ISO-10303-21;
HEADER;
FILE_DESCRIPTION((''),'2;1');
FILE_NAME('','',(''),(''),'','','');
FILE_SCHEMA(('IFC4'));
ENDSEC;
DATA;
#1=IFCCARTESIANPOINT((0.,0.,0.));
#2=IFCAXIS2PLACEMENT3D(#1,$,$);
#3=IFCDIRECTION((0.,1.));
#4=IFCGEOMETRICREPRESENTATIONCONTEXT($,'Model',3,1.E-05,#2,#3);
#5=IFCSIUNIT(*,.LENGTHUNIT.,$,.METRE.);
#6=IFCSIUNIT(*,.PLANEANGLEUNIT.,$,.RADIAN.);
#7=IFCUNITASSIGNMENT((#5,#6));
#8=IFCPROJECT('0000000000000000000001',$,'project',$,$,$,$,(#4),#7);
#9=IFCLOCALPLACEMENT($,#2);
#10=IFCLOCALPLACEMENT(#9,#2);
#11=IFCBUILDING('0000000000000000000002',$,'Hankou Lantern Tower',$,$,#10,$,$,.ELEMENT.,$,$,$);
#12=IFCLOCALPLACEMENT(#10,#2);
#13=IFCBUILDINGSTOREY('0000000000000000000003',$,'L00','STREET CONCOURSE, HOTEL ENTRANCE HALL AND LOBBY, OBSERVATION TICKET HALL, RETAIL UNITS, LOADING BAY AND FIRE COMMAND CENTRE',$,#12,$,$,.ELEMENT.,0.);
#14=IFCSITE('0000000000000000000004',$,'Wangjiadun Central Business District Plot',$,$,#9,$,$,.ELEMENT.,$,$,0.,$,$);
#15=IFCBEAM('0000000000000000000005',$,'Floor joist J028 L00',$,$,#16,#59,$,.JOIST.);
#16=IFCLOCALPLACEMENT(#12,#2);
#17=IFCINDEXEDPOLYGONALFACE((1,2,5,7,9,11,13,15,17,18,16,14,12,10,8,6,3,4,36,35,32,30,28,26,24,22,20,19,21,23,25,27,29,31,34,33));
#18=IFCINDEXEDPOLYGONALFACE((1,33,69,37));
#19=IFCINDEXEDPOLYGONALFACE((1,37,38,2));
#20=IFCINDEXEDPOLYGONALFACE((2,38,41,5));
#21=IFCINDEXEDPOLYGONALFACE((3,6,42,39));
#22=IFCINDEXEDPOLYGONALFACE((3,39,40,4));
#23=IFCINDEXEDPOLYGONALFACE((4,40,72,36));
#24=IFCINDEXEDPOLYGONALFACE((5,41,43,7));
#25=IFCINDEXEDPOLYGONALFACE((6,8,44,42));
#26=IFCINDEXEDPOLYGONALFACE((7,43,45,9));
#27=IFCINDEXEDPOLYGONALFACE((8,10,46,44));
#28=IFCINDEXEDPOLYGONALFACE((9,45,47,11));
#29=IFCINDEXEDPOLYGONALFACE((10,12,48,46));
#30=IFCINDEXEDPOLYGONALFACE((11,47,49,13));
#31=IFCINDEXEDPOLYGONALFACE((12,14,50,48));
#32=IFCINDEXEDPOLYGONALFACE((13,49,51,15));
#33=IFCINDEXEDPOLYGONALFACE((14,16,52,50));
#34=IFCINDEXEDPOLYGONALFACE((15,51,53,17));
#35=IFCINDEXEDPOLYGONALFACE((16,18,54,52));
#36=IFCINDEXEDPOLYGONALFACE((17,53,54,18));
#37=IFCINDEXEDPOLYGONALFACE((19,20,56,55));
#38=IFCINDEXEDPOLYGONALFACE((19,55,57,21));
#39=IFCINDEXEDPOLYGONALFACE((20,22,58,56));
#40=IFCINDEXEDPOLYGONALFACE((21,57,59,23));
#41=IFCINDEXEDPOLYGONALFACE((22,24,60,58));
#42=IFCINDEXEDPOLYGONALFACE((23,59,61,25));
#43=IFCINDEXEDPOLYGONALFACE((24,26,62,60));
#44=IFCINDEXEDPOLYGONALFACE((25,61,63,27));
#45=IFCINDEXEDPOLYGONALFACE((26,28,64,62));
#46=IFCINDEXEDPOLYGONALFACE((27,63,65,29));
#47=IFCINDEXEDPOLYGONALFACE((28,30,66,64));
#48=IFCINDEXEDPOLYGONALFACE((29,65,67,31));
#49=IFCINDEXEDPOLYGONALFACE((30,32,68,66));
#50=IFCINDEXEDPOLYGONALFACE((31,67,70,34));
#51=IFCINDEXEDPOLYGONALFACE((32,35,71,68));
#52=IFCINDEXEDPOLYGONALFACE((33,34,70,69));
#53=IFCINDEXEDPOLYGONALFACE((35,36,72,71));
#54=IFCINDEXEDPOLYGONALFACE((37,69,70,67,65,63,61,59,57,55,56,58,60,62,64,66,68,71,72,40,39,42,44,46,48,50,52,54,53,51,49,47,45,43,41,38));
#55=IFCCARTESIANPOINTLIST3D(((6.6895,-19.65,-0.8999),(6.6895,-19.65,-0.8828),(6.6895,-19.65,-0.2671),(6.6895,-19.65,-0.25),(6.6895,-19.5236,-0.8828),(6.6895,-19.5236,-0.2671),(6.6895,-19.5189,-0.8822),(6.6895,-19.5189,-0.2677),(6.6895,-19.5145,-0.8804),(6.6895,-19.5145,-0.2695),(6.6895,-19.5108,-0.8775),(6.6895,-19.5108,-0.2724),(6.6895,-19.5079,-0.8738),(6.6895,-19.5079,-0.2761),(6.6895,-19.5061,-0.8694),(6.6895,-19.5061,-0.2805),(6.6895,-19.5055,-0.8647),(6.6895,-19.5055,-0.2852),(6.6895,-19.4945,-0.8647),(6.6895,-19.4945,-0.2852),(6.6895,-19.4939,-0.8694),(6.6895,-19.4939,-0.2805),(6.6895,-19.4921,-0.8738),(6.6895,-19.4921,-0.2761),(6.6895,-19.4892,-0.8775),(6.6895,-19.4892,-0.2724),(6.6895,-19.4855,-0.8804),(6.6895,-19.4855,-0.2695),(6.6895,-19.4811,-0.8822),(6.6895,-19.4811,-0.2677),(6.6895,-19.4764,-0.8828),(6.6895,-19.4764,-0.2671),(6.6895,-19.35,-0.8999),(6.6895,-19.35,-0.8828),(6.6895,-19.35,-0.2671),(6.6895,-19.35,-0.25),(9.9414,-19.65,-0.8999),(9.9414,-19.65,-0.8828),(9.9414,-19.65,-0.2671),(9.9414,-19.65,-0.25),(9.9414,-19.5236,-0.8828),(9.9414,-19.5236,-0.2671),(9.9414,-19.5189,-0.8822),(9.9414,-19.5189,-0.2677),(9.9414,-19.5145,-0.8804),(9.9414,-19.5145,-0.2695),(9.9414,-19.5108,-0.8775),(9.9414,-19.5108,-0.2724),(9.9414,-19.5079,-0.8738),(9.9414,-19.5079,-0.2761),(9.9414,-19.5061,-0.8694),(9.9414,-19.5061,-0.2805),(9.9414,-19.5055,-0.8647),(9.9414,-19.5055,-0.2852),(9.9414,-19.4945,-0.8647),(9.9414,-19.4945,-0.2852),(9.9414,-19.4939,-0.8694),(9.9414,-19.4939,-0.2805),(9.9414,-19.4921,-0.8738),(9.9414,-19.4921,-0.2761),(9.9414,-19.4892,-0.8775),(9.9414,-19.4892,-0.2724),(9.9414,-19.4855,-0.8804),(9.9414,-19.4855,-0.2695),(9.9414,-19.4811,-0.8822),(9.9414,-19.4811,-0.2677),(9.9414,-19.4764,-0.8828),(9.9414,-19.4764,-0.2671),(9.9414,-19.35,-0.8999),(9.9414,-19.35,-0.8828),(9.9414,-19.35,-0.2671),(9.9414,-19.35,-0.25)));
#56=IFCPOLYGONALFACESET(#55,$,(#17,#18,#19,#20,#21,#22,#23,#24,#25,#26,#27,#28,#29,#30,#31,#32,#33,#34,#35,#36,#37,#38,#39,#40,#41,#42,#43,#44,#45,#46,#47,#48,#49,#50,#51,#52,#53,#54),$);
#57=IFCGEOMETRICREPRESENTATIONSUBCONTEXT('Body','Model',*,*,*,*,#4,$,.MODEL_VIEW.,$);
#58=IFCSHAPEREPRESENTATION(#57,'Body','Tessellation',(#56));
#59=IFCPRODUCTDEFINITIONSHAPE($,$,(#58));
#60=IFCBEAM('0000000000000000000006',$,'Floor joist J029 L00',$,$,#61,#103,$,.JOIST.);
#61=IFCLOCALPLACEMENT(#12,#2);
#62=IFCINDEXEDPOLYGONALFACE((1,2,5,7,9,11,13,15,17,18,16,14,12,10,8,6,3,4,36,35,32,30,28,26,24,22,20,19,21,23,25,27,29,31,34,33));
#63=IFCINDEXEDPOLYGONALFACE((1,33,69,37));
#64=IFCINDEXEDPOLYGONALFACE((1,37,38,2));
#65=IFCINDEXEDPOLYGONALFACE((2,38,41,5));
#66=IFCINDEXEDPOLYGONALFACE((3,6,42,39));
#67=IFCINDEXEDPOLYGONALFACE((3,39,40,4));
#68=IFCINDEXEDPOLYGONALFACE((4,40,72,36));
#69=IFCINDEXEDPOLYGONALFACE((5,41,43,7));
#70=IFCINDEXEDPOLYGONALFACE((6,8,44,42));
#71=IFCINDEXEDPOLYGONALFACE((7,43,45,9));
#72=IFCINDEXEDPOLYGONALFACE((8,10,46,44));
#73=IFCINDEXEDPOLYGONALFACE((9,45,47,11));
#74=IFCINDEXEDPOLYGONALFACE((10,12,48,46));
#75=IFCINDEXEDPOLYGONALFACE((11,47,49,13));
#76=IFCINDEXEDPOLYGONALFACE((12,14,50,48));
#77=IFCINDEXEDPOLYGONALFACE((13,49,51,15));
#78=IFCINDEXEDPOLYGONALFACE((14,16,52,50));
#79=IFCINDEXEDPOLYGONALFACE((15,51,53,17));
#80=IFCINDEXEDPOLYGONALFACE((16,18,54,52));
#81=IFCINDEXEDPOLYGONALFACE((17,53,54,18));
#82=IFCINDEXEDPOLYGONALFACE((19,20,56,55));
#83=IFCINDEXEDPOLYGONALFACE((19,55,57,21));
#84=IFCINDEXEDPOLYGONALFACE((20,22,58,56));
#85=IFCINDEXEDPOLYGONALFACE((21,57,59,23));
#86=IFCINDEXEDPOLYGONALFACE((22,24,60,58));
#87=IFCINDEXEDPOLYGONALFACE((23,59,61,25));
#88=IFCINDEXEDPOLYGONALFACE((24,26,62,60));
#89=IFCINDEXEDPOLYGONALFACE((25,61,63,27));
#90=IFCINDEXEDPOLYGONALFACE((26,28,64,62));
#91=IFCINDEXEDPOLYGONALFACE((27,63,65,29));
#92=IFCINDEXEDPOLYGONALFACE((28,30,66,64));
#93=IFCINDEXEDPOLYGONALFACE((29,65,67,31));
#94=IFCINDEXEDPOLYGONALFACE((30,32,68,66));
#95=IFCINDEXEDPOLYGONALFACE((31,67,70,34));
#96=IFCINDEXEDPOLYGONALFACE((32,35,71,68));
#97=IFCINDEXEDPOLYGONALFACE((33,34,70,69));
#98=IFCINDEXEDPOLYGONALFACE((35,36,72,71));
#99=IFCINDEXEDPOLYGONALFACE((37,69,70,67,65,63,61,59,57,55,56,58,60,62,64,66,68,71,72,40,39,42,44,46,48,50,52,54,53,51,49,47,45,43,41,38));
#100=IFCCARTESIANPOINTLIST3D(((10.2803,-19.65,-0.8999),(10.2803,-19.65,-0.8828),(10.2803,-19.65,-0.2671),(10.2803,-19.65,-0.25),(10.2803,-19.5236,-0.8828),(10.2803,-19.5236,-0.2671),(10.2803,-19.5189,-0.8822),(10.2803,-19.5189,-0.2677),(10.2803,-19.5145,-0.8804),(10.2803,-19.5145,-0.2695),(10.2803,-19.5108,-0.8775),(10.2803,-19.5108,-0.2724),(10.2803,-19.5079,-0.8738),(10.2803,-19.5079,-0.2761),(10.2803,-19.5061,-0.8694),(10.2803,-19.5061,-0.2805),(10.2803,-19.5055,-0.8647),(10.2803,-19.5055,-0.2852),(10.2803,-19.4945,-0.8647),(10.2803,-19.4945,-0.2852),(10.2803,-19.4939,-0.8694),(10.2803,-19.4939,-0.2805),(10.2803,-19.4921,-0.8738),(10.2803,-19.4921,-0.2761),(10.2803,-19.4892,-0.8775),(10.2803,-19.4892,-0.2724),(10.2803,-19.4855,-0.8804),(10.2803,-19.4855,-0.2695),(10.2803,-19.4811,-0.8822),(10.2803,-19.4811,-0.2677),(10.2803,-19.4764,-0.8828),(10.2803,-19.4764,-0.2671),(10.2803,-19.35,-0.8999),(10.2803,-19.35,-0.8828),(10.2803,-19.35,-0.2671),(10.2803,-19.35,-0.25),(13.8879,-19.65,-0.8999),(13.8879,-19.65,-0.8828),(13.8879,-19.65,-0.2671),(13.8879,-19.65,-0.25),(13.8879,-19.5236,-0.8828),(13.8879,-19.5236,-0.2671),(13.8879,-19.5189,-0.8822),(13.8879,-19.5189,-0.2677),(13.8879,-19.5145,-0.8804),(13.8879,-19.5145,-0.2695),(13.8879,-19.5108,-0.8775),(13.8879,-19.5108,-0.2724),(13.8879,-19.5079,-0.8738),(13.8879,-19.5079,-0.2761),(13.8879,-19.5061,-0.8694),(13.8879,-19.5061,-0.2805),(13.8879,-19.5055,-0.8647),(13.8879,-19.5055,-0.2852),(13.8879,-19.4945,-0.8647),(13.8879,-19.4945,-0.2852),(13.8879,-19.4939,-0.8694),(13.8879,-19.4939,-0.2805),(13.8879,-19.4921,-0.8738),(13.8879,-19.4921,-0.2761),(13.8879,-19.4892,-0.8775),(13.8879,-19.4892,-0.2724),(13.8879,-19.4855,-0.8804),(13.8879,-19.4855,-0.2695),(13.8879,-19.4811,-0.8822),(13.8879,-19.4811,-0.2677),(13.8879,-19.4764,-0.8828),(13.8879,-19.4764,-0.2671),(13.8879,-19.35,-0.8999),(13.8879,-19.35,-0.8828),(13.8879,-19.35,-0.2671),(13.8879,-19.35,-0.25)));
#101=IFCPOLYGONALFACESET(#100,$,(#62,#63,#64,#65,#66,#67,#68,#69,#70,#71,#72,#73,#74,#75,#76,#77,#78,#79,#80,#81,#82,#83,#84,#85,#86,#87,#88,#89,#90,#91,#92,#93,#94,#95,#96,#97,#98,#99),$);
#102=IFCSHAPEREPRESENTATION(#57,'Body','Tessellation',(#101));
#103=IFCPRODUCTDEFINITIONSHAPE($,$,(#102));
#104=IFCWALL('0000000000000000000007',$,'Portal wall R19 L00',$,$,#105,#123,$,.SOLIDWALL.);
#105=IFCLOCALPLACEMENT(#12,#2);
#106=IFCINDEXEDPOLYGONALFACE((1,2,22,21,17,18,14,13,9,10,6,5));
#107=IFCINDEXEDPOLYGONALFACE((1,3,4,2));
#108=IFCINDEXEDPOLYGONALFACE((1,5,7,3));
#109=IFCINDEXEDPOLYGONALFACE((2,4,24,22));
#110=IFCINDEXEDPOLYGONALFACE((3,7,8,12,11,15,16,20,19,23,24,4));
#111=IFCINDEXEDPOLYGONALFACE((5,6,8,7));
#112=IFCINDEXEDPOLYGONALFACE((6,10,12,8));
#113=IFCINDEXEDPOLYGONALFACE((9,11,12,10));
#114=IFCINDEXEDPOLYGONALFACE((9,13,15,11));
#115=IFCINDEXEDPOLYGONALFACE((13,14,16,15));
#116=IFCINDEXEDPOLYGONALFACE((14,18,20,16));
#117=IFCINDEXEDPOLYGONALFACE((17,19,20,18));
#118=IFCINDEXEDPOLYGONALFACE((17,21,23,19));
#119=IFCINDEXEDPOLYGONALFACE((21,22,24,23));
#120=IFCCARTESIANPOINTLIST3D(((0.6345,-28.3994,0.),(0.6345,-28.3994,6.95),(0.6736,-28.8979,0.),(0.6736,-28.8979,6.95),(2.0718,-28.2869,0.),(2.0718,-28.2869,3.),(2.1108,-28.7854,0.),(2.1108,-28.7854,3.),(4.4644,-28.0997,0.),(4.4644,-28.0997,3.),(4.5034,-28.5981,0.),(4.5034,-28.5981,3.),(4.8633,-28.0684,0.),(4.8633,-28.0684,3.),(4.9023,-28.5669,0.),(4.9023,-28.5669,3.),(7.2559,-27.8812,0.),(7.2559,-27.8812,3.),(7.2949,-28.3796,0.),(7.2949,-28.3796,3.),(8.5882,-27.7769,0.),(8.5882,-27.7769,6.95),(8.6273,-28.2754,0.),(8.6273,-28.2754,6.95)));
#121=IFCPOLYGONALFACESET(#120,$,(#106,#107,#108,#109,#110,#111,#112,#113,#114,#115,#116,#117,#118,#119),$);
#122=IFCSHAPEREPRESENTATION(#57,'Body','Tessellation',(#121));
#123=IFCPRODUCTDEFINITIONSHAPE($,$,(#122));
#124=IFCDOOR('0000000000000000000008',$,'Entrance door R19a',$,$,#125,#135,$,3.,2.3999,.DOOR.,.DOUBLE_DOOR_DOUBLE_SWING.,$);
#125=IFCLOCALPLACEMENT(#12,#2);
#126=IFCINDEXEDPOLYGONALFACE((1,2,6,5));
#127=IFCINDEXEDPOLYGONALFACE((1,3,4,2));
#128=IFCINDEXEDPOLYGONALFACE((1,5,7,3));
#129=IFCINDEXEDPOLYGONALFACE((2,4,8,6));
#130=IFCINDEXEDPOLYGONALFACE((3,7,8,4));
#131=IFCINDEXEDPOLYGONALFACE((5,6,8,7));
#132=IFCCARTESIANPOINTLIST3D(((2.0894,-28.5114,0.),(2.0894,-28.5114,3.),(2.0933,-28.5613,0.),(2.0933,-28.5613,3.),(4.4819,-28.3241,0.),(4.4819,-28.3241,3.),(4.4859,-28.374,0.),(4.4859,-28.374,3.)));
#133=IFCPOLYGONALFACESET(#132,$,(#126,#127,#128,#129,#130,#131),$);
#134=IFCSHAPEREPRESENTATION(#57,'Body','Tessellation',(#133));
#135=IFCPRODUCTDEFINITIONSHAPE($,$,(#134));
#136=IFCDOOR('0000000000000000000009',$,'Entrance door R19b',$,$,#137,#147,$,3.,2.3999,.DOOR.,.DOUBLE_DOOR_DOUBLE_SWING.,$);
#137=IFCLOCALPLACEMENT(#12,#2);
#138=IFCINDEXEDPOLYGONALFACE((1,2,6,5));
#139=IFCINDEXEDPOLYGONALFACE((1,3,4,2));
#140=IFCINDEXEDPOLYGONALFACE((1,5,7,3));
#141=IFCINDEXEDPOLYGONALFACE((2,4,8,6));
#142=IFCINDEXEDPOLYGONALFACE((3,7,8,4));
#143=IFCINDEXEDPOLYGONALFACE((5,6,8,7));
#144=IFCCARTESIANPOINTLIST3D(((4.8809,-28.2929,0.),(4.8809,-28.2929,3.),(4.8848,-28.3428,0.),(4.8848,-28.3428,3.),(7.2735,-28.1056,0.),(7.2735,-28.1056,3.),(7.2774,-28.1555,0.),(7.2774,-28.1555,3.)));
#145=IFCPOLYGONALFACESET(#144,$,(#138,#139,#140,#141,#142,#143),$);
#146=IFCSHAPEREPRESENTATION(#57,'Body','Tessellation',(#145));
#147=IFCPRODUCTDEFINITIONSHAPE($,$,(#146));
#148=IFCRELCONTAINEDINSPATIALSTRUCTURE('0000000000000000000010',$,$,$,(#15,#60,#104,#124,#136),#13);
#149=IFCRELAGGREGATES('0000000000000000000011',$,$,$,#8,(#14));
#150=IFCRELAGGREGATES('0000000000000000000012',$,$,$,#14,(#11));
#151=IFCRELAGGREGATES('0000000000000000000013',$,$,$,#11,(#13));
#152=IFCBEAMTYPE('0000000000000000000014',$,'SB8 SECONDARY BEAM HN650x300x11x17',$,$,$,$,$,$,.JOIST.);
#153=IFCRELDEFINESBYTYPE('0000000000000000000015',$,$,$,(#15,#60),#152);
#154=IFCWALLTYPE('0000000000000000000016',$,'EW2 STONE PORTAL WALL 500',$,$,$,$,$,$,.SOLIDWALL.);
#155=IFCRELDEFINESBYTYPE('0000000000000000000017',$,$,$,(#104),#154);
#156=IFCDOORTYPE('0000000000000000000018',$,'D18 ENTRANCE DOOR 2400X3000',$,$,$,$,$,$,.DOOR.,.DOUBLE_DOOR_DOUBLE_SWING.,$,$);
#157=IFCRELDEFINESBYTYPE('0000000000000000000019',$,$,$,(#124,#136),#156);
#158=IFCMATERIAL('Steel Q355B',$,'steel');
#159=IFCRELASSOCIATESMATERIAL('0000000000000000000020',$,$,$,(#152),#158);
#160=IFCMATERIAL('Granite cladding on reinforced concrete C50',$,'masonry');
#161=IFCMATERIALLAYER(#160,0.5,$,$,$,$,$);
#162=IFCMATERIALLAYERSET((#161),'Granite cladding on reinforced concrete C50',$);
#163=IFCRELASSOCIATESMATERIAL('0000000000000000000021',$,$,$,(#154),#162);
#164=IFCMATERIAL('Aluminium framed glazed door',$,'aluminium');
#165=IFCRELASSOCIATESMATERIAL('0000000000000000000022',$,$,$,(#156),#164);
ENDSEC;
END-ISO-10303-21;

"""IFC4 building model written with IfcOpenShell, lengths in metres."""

from ifc_helpers import new_model, si_unit, direction, frame, frame_2d, origin, origin_2d, place, context, subcontext, project, spatial, rectangle, i_section, extrude, material, layer, layer_set, material_profile, profile_set, type_object, element, fill, save


model = new_model("IFC4")

# Units and contexts
model_context = context("Model", 3, precision=1e-05, world=origin(), true_north=direction((0.0, 1.0)))
body_context = subcontext(model_context, "Body", "Model", "MODEL_VIEW")
ifc_project = project(units=[si_unit("LENGTHUNIT", "METRE"), si_unit("PLANEANGLEUNIT", "RADIAN")], contexts=[model_context])

# Site, building, storey
site_placement = place(None, origin())
site = spatial("IfcSite", under=ifc_project, at=site_placement, Name="Wangjiadun Central Business District Plot", CompositionType="ELEMENT", RefElevation=0.0)
building_placement = place(site_placement, origin())
building = spatial("IfcBuilding", under=site, at=building_placement, Name="Hankou Lantern Tower", CompositionType="ELEMENT")
storey_placement = place(building_placement, origin())
storey = spatial("IfcBuildingStorey", under=building, at=storey_placement, Name="L00", Description="STREET CONCOURSE, HOTEL ENTRANCE HALL AND LOBBY, OBSERVATION TICKET HALL, RETAIL UNITS, LOADING BAY AND FIRE COMMAND CENTRE", CompositionType="ELEMENT", Elevation=0.0)

# Beams
ifc_material_1 = material(Name="Steel Q355B", Category="steel")
ifc_material_profile_1 = material_profile(ifc_material_1, i_section(OverallWidth=0.3, OverallDepth=0.6499, WebThickness=0.011, FlangeThickness=0.0171, FilletRadius=0.0181, at=origin_2d()), Name="HN650x300x11x17")
ifc_profile_set_1 = profile_set([ifc_material_profile_1], Name="Steel Q355B")
beam_type_1 = type_object("IfcBeamType", Name="SB8 SECONDARY BEAM HN650x300x11x17", PredefinedType="JOIST", material=ifc_profile_set_1)
beam_1_placement = place(storey_placement, frame((6.6895, -19.5, -0.575), z_axis=(1.0, 0.0, 0.0), x_axis=(0.0, 1.0, 0.0)))
element("IfcBeam", 1, at=beam_1_placement, inside=storey, type_object=beam_type_1, Name="Floor joist J028 L00", PredefinedType="JOIST", context=body_context, shape_type="SweptSolid", body=[
    extrude(i_section(OverallWidth=0.3, OverallDepth=0.6499, WebThickness=0.011, FlangeThickness=0.0171, FilletRadius=0.0181, at=origin_2d()), origin(), (0.0, 0.0, 1.0), 3.252),
])
beam_2_placement = place(storey_placement, frame((10.2803, -19.5, -0.575), z_axis=(1.0, 0.0, 0.0), x_axis=(0.0, 1.0, 0.0)))
element("IfcBeam", 2, at=beam_2_placement, inside=storey, type_object=beam_type_1, Name="Floor joist J029 L00", PredefinedType="JOIST", context=body_context, shape_type="SweptSolid", body=[
    extrude(i_section(OverallWidth=0.3, OverallDepth=0.6499, WebThickness=0.011, FlangeThickness=0.0171, FilletRadius=0.0181, at=origin_2d()), origin(), (0.0, 0.0, 1.0), 3.6077),
])

# Wall, openings, doors
ifc_material_2 = material(Name="Granite cladding on reinforced concrete C50", Category="masonry")
ifc_layer_1 = layer(ifc_material_2, 0.5)
ifc_layer_set_1 = layer_set([ifc_layer_1], Name="Granite cladding on reinforced concrete C50")
wall_type_1 = type_object("IfcWallType", Name="EW2 STONE PORTAL WALL 500", PredefinedType="SOLIDWALL", material=ifc_layer_set_1)
wall_1_placement = place(storey_placement, frame((0.6541, -28.6487, 0.0), z_axis=(0.0, 0.0, 1.0), x_axis=(0.996951, 0.078035, 0.0)))
wall_1 = element("IfcWall", 3, at=wall_1_placement, inside=storey, type_object=wall_type_1, Name="Portal wall R19 L00", PredefinedType="SOLIDWALL", context=body_context, shape_type="SweptSolid", body=[
    extrude(rectangle(XDim=7.978, YDim=0.5, at=frame_2d((3.989, 0.0))), origin(), (0.0, 0.0, 1.0), 6.95),
])
opening_1_placement = place(wall_1_placement, frame((1.4417, 0.0, 0.0)))
opening_1 = element("IfcOpeningElement", 4, at=opening_1_placement, cuts=wall_1, PredefinedType="OPENING", context=body_context, shape_type="SweptSolid", body=[
    extrude(rectangle(XDim=2.3999, YDim=3.0, at=frame_2d((1.2, 1.5))), frame((0.0, 0.26, 0.0), z_axis=(0.0, -1.0, 0.0), x_axis=(1.0, 0.0, 0.0)), (0.0, 0.0, 1.0), 0.52),
])
opening_2_placement = place(wall_1_placement, frame((4.2417, 0.0, 0.0)))
opening_2 = element("IfcOpeningElement", 5, at=opening_2_placement, cuts=wall_1, PredefinedType="OPENING", context=body_context, shape_type="SweptSolid", body=[
    extrude(rectangle(XDim=2.3999, YDim=3.0, at=frame_2d((1.2, 1.5))), frame((0.0, 0.26, 0.0), z_axis=(0.0, -1.0, 0.0), x_axis=(1.0, 0.0, 0.0)), (0.0, 0.0, 1.0), 0.52),
])
ifc_material_3 = material(Name="Aluminium framed glazed door", Category="aluminium")
door_type = type_object("IfcDoorType", Name="D18 ENTRANCE DOOR 2400X3000", OperationType="DOUBLE_DOOR_DOUBLE_SWING", PredefinedType="DOOR", material=ifc_material_3)
door_1_placement = place(opening_1_placement, origin())
door_1 = element("IfcDoor", 6, at=door_1_placement, inside=storey, type_object=door_type, Name="Entrance door R19a", OperationType="DOUBLE_DOOR_DOUBLE_SWING", OverallHeight=3.0, OverallWidth=2.3999, PredefinedType="DOOR", context=body_context, shape_type="SweptSolid", body=[
    extrude(rectangle(XDim=2.3999, YDim=3.0, at=frame_2d((1.2, 1.5))), frame((0.0, 0.0249, 0.0), z_axis=(0.0, -1.0, 0.0), x_axis=(1.0, 0.0, 0.0)), (0.0, 0.0, 1.0), 0.05),
])
fill(opening_1, door_1)
door_2_placement = place(opening_2_placement, origin())
door_2 = element("IfcDoor", 7, at=door_2_placement, inside=storey, type_object=door_type, Name="Entrance door R19b", OperationType="DOUBLE_DOOR_DOUBLE_SWING", OverallHeight=3.0, OverallWidth=2.3999, PredefinedType="DOOR", context=body_context, shape_type="SweptSolid", body=[
    extrude(rectangle(XDim=2.3999, YDim=3.0, at=frame_2d((1.2, 1.5))), frame((0.0, 0.0249, 0.0), z_axis=(0.0, -1.0, 0.0), x_axis=(1.0, 0.0, 0.0)), (0.0, 0.0, 1.0), 0.05),
])
fill(opening_2, door_2)

save(model, "model.ifc")
